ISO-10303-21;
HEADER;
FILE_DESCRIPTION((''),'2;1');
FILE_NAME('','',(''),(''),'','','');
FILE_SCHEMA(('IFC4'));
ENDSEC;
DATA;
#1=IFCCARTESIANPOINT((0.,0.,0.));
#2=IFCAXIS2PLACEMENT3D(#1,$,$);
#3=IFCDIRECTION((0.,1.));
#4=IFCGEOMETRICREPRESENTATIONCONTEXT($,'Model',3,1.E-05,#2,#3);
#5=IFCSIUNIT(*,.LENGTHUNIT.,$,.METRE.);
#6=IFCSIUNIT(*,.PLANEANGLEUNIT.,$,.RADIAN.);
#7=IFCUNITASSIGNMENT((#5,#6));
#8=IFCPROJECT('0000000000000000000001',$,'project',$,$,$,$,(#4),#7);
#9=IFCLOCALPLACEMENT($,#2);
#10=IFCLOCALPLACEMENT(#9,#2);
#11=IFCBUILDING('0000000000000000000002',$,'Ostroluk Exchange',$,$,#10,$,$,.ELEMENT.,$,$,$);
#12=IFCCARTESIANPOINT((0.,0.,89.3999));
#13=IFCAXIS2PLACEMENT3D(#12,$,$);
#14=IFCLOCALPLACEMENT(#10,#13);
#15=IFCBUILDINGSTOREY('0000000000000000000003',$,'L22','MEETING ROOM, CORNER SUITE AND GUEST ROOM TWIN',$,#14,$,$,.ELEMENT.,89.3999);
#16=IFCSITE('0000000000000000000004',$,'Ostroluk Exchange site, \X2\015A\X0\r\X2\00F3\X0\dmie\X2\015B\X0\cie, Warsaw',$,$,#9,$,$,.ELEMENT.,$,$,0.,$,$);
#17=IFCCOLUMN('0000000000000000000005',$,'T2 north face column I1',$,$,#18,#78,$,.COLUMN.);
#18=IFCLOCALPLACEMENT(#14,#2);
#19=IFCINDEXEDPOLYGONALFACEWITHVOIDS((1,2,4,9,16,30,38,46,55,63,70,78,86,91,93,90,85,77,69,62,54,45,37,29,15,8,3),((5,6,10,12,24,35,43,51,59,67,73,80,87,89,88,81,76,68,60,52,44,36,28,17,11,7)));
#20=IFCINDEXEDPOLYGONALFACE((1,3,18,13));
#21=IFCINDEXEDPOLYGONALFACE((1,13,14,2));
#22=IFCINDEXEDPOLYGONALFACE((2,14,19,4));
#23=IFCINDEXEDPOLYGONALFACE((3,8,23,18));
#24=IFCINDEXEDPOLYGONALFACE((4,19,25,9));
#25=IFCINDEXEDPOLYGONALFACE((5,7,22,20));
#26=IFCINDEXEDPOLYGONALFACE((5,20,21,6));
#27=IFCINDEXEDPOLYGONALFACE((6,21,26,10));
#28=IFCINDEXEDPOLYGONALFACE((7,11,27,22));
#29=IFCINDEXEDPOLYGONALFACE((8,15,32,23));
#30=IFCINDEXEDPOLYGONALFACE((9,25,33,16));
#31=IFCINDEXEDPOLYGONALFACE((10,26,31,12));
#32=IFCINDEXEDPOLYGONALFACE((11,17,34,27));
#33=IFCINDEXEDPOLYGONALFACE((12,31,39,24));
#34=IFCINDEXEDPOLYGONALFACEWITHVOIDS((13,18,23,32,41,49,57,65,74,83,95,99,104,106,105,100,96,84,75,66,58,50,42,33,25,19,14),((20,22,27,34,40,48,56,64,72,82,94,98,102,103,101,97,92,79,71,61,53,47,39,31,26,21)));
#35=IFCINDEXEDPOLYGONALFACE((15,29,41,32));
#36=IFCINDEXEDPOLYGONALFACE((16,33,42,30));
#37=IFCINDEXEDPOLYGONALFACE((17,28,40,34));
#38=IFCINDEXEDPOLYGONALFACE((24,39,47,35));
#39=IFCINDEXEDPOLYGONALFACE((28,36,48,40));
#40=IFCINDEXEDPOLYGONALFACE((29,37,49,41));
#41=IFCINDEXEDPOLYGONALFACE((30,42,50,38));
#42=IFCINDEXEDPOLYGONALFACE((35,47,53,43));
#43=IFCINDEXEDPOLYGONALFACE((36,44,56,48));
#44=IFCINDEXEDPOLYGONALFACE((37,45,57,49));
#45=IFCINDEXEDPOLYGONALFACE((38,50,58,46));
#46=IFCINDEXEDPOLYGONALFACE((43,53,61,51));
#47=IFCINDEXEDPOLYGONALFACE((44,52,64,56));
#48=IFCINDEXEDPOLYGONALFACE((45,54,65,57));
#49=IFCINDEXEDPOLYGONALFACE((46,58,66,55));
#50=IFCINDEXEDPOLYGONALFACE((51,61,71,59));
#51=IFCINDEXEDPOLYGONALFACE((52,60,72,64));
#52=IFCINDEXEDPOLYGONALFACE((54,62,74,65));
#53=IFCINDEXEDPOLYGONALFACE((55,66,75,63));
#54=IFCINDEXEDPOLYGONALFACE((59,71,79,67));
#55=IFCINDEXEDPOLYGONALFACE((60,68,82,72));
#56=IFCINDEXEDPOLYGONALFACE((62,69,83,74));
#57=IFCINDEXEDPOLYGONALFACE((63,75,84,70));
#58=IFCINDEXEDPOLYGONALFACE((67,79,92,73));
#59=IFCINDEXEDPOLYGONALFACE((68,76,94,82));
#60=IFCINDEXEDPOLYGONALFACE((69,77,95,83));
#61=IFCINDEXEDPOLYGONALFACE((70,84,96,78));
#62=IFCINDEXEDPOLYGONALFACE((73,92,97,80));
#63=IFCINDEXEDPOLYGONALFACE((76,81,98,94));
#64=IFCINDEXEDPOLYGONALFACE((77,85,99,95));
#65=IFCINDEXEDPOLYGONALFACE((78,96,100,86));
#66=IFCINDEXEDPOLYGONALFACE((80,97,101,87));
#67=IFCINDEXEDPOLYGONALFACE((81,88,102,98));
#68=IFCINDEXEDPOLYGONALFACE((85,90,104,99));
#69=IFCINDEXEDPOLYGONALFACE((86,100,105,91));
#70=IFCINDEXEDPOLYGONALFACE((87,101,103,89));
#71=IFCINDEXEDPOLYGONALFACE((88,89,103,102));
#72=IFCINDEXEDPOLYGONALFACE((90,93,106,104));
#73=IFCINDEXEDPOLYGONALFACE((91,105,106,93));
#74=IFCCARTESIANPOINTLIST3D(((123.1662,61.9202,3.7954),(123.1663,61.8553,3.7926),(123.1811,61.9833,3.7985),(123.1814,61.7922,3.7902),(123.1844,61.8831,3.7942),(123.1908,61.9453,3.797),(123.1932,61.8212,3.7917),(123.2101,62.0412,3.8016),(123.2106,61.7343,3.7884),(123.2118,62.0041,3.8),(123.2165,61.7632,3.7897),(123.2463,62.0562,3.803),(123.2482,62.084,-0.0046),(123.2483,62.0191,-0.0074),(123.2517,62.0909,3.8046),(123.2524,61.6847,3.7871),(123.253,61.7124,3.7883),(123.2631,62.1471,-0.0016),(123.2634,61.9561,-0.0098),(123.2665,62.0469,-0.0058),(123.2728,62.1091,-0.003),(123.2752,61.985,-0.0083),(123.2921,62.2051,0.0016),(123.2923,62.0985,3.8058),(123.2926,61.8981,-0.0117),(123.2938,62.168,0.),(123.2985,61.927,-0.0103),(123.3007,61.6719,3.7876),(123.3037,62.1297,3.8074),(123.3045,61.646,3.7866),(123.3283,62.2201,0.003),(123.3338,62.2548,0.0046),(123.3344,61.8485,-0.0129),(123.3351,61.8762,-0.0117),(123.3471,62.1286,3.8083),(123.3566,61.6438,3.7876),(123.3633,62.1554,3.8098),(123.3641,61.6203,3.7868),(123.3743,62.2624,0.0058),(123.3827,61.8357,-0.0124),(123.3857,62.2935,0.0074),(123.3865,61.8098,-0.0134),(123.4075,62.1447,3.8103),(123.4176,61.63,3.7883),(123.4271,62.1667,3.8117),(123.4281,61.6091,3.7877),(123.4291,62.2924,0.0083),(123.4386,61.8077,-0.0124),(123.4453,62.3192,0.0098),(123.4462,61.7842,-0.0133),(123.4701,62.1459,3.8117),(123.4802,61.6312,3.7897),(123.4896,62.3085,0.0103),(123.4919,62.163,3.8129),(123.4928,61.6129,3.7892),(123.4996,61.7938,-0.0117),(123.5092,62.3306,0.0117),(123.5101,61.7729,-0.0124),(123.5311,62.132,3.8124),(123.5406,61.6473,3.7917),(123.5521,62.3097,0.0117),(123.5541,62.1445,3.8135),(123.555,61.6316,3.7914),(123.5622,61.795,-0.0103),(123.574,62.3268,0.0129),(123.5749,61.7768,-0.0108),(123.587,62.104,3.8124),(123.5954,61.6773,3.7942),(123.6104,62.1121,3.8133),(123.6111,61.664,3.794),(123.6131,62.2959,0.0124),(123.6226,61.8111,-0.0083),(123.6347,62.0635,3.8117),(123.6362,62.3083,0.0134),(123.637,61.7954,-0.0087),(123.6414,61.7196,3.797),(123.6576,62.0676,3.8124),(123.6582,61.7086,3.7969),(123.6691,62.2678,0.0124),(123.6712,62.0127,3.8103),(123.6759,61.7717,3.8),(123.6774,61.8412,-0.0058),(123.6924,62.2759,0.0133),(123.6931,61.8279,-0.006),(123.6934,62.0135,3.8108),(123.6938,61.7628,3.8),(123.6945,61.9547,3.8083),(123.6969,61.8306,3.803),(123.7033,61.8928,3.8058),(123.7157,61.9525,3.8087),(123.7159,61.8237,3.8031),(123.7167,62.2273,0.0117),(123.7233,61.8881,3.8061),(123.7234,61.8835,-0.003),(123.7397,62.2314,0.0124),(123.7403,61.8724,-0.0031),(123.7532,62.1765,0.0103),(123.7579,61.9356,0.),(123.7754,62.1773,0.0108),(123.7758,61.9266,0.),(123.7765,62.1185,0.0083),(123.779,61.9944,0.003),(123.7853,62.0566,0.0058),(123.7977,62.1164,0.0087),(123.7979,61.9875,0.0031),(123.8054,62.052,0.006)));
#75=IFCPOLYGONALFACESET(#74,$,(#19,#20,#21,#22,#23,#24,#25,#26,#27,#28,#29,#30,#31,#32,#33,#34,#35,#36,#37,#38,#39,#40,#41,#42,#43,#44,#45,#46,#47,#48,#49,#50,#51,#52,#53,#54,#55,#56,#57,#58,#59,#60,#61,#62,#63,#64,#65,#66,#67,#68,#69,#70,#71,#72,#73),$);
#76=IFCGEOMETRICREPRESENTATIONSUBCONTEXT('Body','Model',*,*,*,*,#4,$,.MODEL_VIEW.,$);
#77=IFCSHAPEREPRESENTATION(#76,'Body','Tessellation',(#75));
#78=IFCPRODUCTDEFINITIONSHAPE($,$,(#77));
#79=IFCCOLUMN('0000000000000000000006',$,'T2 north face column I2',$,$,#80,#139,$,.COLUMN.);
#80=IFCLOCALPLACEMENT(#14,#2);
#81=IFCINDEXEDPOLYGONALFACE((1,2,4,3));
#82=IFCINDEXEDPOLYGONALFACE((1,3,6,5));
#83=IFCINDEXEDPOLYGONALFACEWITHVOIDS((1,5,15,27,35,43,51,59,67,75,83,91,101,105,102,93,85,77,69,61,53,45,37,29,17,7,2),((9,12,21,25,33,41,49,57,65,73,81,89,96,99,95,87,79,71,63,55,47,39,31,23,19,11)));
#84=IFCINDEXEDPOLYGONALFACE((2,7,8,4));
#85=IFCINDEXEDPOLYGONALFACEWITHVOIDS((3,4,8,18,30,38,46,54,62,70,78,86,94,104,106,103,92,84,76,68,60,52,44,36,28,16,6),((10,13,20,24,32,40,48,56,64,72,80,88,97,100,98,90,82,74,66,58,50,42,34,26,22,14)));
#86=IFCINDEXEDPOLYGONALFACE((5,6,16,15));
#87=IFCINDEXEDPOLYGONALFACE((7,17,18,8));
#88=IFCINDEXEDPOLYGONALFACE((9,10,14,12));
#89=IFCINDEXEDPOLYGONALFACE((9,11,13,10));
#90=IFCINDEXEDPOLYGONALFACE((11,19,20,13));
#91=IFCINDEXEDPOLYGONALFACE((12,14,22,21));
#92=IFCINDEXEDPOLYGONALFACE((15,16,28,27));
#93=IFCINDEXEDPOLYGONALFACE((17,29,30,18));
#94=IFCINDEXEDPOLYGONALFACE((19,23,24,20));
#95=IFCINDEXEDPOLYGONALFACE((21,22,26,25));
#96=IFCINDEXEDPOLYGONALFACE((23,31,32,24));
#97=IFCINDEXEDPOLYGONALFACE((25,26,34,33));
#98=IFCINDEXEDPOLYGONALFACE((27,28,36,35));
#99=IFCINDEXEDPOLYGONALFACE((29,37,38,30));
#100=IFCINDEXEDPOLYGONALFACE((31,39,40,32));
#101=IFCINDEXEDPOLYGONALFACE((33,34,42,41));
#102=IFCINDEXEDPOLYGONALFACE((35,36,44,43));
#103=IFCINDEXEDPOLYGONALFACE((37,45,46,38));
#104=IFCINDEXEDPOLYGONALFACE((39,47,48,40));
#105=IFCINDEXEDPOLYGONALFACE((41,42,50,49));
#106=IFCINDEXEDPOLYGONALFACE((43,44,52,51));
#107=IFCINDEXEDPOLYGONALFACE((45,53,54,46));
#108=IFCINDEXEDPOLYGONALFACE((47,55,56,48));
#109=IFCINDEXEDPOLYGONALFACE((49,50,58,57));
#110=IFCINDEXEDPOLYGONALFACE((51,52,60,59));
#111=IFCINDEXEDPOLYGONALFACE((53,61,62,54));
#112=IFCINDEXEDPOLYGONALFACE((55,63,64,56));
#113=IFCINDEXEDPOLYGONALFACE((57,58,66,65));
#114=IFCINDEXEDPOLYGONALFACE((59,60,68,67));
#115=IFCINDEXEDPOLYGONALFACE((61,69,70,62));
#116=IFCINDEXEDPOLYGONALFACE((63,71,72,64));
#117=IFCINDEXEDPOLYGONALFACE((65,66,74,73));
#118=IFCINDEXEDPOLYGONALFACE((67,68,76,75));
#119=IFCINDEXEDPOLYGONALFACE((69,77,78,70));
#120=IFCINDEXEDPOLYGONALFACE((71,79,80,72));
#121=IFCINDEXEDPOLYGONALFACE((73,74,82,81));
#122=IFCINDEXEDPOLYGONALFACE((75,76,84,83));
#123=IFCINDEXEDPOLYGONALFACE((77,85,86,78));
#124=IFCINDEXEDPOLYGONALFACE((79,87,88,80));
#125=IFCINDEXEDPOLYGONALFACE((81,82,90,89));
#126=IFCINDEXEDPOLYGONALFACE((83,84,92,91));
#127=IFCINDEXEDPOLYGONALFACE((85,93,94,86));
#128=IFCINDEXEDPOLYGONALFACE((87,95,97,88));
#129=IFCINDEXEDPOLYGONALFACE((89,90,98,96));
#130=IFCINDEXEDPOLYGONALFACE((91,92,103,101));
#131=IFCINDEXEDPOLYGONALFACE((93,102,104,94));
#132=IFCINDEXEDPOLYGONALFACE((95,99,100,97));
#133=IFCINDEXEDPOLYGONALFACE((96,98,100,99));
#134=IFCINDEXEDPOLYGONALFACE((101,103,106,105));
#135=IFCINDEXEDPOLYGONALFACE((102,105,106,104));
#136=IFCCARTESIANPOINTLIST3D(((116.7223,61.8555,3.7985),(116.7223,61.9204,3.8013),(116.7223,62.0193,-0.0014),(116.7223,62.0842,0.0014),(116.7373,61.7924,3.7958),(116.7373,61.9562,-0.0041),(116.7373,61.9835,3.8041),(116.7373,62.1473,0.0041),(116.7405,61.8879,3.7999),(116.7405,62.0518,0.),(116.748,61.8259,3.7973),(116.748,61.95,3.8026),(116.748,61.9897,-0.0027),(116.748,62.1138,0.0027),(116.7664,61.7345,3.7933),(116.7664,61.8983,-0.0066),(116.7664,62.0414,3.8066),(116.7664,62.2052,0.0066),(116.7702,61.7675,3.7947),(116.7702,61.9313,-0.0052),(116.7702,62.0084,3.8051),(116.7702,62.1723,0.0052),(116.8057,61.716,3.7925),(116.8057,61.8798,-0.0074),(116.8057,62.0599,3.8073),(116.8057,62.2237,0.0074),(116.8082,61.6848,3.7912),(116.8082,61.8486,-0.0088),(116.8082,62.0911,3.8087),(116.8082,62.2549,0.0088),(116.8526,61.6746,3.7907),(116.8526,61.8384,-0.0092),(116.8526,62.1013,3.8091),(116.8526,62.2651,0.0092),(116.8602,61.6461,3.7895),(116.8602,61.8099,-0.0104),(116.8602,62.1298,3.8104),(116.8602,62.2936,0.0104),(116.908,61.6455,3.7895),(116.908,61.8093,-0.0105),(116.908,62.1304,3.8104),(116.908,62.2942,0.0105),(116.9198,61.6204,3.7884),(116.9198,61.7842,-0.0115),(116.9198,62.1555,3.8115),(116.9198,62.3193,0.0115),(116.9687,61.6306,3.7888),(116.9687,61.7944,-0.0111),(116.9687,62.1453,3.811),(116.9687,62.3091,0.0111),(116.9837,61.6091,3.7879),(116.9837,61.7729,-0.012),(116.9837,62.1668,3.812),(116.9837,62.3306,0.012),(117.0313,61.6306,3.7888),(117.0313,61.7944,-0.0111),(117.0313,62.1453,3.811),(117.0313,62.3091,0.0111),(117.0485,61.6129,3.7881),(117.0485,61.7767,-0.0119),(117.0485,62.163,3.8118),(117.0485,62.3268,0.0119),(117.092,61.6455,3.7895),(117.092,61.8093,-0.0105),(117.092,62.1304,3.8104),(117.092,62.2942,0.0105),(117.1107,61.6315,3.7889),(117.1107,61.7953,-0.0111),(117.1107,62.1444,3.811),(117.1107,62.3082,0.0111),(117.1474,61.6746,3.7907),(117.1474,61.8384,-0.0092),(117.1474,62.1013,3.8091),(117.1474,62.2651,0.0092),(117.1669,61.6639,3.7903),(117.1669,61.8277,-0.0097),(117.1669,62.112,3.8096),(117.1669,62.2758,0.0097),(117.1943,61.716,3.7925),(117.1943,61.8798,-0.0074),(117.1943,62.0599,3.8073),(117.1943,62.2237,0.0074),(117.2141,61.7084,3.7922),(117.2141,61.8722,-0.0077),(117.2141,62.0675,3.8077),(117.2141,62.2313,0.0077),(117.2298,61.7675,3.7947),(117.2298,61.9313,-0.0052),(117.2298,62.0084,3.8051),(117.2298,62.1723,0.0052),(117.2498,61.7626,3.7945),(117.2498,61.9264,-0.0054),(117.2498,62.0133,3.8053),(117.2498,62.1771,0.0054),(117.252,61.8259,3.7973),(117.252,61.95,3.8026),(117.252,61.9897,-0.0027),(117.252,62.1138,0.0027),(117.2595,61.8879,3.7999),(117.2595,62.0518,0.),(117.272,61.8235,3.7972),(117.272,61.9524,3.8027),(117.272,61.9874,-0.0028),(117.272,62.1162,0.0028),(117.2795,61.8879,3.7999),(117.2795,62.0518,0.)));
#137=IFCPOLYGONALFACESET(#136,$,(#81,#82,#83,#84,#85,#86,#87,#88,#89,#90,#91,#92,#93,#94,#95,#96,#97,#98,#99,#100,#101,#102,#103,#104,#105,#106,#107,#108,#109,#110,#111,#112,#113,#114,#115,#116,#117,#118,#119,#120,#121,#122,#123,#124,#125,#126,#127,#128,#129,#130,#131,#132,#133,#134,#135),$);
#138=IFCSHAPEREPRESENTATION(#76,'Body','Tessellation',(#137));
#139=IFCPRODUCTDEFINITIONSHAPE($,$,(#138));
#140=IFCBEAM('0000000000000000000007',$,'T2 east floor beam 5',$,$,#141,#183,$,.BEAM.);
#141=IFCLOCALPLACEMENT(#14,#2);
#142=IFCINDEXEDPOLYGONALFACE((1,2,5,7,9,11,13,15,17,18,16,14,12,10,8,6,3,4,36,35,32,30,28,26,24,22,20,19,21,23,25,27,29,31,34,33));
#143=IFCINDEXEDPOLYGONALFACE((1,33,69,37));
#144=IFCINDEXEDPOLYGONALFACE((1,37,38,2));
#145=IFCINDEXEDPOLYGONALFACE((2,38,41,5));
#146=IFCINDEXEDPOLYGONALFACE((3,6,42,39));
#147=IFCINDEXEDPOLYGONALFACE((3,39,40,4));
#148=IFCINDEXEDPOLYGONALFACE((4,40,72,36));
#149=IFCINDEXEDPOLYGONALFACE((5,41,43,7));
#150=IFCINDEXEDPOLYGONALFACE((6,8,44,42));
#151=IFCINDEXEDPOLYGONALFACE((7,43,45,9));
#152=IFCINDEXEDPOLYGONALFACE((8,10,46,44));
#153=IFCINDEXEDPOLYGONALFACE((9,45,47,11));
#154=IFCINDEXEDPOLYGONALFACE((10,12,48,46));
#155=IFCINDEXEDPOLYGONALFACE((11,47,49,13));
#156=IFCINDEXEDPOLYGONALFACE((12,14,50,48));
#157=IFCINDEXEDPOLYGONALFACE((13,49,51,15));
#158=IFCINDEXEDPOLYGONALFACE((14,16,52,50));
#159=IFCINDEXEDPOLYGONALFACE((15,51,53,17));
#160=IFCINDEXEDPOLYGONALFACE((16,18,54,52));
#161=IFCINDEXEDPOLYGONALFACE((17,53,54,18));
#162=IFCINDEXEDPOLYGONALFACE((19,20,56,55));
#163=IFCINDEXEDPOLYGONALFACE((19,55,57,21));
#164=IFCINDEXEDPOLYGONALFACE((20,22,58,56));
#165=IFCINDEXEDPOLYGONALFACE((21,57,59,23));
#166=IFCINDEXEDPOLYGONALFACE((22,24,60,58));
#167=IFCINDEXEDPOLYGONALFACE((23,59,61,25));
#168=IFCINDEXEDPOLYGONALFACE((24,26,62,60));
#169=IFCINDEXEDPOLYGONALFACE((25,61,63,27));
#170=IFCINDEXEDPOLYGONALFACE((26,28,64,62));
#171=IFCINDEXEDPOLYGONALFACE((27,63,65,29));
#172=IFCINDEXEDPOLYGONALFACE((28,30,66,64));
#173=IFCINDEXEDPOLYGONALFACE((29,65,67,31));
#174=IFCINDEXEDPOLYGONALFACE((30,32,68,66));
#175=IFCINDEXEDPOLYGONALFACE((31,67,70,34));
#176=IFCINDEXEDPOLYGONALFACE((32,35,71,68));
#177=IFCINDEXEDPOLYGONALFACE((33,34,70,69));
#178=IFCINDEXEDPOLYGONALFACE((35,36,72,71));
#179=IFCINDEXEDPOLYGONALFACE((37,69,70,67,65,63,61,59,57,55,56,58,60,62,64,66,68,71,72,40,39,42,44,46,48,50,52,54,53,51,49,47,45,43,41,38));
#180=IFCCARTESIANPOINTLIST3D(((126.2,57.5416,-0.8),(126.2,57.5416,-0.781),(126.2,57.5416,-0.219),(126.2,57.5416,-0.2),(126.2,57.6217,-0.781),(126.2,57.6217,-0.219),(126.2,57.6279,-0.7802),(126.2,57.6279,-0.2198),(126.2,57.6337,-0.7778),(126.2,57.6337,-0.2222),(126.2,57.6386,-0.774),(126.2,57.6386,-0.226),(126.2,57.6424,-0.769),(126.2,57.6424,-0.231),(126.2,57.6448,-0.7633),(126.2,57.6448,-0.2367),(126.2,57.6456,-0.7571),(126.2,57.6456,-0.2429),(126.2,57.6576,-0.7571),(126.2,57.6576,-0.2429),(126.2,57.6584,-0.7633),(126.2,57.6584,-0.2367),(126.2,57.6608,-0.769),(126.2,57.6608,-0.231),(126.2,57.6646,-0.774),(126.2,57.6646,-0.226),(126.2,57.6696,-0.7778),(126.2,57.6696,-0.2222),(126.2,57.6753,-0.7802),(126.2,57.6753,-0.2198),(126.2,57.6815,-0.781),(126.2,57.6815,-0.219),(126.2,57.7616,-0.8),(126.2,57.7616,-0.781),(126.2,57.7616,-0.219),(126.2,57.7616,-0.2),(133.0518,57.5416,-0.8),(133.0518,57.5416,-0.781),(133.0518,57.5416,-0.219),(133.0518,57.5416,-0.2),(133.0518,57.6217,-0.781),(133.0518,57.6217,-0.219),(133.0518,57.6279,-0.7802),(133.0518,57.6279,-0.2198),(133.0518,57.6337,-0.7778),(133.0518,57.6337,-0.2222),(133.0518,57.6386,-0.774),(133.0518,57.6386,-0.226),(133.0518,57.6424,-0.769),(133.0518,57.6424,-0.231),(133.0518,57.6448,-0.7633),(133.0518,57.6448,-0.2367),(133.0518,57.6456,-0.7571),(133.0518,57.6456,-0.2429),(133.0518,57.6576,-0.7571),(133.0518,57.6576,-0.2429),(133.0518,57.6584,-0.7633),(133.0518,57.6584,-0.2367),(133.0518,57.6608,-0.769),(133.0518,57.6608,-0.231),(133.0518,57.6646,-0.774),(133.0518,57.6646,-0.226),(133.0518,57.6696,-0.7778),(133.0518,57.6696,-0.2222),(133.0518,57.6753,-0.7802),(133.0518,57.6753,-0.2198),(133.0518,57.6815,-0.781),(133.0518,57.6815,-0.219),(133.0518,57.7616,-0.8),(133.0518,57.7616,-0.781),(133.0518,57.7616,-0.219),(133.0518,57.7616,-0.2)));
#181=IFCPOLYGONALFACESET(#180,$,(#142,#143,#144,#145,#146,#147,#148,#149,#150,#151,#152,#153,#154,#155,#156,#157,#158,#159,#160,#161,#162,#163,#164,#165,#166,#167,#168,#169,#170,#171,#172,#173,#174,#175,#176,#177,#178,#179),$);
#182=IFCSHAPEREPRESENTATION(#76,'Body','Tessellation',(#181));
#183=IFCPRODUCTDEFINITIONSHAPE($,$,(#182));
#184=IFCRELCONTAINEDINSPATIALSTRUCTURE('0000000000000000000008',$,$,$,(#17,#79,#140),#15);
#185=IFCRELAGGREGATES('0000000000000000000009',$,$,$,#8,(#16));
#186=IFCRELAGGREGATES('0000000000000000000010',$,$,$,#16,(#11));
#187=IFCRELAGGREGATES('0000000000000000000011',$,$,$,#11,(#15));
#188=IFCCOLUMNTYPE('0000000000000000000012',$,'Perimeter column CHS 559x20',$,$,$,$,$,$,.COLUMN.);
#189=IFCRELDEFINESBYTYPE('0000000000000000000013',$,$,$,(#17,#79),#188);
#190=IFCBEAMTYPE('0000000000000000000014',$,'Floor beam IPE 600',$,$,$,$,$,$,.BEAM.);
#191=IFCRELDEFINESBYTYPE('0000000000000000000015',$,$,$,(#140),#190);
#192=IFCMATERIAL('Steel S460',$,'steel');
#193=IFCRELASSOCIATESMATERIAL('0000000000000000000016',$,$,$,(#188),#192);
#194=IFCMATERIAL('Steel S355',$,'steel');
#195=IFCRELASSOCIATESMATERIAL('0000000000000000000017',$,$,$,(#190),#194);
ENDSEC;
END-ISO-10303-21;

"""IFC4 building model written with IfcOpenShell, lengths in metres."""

from ifc_helpers import new_model, si_unit, direction, frame, origin, origin_2d, place, context, subcontext, project, spatial, hollow_circle, i_section, extrude, material, material_profile, profile_set, type_object, element, save


model = new_model("IFC4")

# Units and contexts
model_context = context("Model", 3, precision=1e-05, world=origin(), true_north=direction((0.0, 1.0)))
body_context = subcontext(model_context, "Body", "Model", "MODEL_VIEW")
ifc_project = project(units=[si_unit("LENGTHUNIT", "METRE"), si_unit("PLANEANGLEUNIT", "RADIAN")], contexts=[model_context])

# Site, building, storey
site_placement = place(None, origin())
site = spatial("IfcSite", under=ifc_project, at=site_placement, Name="Ostroluk Exchange site, Śródmieście, Warsaw", CompositionType="ELEMENT", RefElevation=0.0)
building_placement = place(site_placement, origin())
building = spatial("IfcBuilding", under=site, at=building_placement, Name="Ostroluk Exchange", CompositionType="ELEMENT")
storey_placement = place(building_placement, frame((0.0, 0.0, 89.3999)))
storey = spatial("IfcBuildingStorey", under=building, at=storey_placement, Name="L22", Description="MEETING ROOM, CORNER SUITE AND GUEST ROOM TWIN", CompositionType="ELEMENT", Elevation=89.3999)

# Columns
ifc_material_1 = material(Name="Steel S460", Category="steel")
ifc_material_profile_1 = material_profile(ifc_material_1, hollow_circle(Radius=0.2795, WallThickness=0.02, at=origin_2d()), Name="CHS 559x20")
ifc_profile_set_1 = profile_set([ifc_material_profile_1], Name="Steel S460")
column_type = type_object("IfcColumnType", Name="Perimeter column CHS 559x20", PredefinedType="COLUMN", material=ifc_profile_set_1)
column_1_placement = place(storey_placement, frame((123.5259, 62.0518, 0.0), z_axis=(-0.021562, -0.04306, 0.99884), x_axis=(0.894161, -0.447747, 0.0)))
element("IfcColumn", 1, at=column_1_placement, inside=storey, type_object=column_type, Name="T2 north face column I1", PredefinedType="COLUMN", context=body_context, shape_type="SweptSolid", body=[
    extrude(hollow_circle(Radius=0.2795, WallThickness=0.02, at=origin_2d()), origin(), (0.0, 0.0, 1.0), 3.8044),
])
column_2_placement = place(storey_placement, frame((117.0, 62.0518, 0.0), z_axis=(0.0, -0.04307, 0.999072), x_axis=(1.0, 0.0, 0.0)))
element("IfcColumn", 2, at=column_2_placement, inside=storey, type_object=column_type, Name="T2 north face column I2", PredefinedType="COLUMN", context=body_context, shape_type="SweptSolid", body=[
    extrude(hollow_circle(Radius=0.2795, WallThickness=0.02, at=origin_2d()), origin(), (0.0, 0.0, 1.0), 3.8035),
])

# Beam
ifc_material_2 = material(Name="Steel S355", Category="steel")
ifc_material_profile_2 = material_profile(ifc_material_2, i_section(OverallWidth=0.22, OverallDepth=0.6001, WebThickness=0.012, FlangeThickness=0.019, FilletRadius=0.0239, at=origin_2d()), Name="IPE 600")
ifc_profile_set_2 = profile_set([ifc_material_profile_2], Name="Steel S355")
beam_type_1 = type_object("IfcBeamType", Name="Floor beam IPE 600", PredefinedType="BEAM", material=ifc_profile_set_2)
beam_placement = place(storey_placement, frame((126.2, 57.6516, -0.5), z_axis=(1.0, 0.0, 0.0), x_axis=(0.0, 1.0, 0.0)))
element("IfcBeam", 3, at=beam_placement, inside=storey, type_object=beam_type_1, Name="T2 east floor beam 5", PredefinedType="BEAM", context=body_context, shape_type="SweptSolid", body=[
    extrude(i_section(OverallWidth=0.22, OverallDepth=0.6001, WebThickness=0.012, FlangeThickness=0.019, FilletRadius=0.0239, at=origin_2d()), origin(), (0.0, 0.0, 1.0), 6.8518),
])

save(model, "model.ifc")
